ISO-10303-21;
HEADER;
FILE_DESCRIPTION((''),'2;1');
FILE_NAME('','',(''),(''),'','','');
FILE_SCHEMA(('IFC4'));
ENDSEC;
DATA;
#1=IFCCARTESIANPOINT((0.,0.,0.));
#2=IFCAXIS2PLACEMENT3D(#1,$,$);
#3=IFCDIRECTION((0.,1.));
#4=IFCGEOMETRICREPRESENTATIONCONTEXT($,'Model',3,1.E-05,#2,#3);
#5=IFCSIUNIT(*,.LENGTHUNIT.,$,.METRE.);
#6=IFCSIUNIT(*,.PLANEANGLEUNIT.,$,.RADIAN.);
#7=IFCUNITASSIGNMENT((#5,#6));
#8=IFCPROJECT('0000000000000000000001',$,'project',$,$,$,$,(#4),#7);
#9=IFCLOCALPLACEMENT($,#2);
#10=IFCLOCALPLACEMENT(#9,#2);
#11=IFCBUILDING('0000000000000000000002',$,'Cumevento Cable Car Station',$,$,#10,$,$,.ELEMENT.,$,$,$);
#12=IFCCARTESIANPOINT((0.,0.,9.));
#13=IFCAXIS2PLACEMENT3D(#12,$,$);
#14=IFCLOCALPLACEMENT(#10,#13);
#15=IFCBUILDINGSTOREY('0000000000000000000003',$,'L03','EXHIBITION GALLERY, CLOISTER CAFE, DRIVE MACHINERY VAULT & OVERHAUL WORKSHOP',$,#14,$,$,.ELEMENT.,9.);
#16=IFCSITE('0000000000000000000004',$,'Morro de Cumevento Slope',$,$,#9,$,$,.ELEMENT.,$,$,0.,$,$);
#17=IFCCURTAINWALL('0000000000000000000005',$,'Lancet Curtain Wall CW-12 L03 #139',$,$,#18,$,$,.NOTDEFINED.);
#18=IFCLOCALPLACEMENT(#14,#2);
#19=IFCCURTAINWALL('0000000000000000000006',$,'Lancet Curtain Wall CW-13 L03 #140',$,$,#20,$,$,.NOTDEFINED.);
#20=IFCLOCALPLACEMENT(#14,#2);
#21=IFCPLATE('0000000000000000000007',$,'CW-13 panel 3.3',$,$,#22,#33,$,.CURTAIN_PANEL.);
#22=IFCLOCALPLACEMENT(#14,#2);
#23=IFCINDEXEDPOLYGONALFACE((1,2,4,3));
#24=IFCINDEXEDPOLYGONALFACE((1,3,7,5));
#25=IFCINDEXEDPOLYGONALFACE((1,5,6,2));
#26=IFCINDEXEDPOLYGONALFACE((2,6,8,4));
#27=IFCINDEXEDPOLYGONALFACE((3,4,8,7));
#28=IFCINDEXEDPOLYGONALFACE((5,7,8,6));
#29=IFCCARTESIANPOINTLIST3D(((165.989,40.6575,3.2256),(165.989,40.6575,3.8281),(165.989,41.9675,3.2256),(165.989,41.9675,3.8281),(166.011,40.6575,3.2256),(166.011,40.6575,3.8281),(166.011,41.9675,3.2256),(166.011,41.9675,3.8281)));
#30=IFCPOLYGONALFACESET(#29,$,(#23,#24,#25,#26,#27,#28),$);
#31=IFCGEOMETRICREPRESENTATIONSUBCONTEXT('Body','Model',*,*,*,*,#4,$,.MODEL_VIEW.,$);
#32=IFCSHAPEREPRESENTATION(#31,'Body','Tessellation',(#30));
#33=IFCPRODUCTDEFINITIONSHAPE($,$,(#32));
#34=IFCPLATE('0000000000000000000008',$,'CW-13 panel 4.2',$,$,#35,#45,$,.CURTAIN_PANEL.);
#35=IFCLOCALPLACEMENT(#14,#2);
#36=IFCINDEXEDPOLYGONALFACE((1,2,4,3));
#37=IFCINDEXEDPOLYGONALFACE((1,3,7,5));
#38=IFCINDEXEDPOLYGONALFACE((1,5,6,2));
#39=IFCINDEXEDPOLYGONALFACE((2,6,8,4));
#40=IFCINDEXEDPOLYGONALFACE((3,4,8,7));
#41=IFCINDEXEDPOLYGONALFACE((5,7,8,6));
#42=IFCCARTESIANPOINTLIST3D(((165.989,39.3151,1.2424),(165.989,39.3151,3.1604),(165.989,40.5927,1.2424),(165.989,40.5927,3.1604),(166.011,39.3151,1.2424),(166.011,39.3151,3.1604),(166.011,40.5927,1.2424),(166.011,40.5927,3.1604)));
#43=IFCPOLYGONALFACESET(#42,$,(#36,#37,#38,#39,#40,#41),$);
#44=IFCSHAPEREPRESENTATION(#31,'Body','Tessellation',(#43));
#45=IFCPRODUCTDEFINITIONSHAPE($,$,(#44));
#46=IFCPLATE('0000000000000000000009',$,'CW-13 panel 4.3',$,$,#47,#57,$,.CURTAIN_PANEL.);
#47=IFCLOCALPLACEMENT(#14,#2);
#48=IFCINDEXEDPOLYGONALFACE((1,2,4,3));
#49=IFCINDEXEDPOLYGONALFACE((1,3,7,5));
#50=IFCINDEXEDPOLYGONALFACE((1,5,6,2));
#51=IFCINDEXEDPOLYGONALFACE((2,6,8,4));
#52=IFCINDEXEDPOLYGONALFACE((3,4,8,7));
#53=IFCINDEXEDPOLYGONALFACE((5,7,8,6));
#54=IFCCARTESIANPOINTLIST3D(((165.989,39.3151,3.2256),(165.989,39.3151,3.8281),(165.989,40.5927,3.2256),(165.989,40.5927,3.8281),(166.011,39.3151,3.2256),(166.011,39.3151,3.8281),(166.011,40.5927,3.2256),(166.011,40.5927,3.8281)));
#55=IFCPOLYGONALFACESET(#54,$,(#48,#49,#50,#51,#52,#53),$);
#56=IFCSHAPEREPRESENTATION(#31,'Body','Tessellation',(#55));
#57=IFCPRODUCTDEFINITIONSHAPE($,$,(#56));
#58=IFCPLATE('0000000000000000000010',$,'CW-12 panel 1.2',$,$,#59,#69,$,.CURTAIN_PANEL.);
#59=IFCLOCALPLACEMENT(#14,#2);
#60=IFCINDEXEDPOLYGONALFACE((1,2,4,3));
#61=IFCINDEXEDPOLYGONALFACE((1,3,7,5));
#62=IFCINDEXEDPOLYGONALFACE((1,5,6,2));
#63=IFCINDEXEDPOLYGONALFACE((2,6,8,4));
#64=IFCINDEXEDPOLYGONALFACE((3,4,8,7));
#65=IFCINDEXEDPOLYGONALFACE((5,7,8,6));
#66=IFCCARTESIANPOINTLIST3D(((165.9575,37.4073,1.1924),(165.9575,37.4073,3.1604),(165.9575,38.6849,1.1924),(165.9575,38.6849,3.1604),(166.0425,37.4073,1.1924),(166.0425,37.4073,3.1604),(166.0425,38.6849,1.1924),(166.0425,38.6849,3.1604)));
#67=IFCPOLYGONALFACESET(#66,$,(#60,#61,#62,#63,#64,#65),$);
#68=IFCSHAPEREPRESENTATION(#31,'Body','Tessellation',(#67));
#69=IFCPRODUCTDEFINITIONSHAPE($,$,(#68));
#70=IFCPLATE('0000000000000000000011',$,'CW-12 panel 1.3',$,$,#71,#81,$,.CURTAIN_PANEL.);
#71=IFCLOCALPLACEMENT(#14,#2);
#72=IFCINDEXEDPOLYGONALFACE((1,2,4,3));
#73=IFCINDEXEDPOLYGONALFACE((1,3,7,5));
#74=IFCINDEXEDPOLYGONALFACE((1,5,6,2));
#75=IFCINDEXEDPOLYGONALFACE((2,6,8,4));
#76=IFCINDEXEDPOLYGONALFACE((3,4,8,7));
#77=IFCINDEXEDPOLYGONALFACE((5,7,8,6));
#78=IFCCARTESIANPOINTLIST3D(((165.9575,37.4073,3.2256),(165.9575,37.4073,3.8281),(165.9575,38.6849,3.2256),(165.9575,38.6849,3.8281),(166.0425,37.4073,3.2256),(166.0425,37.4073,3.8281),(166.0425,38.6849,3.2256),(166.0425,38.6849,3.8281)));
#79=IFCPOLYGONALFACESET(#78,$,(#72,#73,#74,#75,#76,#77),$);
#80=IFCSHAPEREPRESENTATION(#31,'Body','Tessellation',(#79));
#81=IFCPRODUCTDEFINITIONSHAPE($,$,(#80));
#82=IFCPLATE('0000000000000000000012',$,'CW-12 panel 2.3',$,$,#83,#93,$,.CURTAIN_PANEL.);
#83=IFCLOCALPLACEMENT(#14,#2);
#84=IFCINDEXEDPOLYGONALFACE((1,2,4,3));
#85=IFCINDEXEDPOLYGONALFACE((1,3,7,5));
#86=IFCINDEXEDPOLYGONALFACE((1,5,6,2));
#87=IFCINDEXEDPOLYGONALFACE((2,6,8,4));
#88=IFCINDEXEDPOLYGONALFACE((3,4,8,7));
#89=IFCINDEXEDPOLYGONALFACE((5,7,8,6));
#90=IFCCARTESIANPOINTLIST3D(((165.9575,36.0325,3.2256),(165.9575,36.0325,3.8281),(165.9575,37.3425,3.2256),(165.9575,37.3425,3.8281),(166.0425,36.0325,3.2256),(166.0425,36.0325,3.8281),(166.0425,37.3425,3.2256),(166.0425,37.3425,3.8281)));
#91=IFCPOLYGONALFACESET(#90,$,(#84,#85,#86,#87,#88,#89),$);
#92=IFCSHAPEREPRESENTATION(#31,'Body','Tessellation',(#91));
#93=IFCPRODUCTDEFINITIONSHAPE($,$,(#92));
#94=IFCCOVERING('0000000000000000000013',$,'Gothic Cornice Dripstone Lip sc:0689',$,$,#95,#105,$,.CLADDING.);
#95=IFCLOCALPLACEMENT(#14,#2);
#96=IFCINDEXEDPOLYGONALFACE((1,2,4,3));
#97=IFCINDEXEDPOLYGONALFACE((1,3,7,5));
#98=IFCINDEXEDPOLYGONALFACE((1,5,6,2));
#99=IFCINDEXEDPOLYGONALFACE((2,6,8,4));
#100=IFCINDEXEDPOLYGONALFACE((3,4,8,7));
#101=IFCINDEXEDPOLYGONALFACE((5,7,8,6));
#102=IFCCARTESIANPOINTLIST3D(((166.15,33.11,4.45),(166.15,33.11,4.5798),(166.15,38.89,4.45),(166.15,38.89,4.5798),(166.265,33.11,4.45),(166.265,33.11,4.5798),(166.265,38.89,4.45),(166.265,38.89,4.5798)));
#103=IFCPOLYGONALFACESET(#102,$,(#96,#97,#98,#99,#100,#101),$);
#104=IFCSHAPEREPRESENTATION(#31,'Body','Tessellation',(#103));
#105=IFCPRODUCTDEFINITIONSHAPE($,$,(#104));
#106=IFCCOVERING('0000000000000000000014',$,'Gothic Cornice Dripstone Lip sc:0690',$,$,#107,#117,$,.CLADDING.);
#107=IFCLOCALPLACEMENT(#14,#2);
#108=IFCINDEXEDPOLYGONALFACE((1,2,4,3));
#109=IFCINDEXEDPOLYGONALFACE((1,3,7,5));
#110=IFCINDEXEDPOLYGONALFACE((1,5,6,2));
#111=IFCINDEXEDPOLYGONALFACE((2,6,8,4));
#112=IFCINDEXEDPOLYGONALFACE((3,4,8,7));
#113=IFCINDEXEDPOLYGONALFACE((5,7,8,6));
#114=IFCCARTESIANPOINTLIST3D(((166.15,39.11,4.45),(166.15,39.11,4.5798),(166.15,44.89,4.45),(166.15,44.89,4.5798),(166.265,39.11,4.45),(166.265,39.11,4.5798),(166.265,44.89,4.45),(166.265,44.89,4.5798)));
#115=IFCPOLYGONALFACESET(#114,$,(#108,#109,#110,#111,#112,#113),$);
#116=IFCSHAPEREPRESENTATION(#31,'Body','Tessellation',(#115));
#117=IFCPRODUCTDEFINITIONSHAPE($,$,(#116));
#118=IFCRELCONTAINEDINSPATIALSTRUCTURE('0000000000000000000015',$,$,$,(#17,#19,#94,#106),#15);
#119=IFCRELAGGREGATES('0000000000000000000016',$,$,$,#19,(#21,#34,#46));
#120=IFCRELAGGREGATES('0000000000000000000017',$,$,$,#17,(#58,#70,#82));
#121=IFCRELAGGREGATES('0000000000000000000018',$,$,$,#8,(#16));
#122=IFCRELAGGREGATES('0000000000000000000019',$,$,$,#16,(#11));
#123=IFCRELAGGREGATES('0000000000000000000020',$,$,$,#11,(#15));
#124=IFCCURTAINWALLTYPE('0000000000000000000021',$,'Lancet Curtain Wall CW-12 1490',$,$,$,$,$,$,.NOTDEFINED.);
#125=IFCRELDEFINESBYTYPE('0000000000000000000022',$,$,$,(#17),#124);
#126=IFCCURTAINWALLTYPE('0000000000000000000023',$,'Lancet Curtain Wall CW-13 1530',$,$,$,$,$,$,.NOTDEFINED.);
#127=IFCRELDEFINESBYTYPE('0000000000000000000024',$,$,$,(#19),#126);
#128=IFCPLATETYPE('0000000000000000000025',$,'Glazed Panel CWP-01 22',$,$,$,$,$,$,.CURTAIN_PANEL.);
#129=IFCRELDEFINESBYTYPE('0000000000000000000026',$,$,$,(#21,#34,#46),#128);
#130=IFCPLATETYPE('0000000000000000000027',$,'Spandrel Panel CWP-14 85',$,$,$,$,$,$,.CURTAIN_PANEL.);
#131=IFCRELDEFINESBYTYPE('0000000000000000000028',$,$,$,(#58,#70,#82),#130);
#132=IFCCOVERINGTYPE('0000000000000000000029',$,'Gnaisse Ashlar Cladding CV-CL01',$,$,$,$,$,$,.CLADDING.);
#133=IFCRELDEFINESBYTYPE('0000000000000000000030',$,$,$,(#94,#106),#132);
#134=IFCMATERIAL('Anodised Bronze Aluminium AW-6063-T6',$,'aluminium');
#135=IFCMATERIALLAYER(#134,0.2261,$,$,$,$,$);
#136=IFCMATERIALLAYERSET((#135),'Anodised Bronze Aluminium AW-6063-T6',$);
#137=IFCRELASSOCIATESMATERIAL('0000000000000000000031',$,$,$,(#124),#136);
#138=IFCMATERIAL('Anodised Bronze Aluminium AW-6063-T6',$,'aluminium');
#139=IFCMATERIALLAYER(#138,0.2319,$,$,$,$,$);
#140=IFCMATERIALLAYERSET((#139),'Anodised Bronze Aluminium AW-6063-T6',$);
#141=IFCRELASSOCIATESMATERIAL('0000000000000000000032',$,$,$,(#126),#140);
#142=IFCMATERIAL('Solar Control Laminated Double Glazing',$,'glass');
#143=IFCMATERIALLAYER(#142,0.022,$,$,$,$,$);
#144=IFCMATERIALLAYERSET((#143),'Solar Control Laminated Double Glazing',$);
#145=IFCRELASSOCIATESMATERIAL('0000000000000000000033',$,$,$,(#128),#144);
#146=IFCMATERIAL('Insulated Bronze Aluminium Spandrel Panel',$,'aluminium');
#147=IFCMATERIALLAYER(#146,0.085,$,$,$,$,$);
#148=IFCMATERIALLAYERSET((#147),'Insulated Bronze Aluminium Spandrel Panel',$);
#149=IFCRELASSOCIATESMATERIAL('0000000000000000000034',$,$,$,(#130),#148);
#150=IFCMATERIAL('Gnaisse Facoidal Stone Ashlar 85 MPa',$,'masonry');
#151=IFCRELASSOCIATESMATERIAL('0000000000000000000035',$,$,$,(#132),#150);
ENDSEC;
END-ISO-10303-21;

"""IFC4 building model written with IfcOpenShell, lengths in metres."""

from ifc_helpers import new_model, si_unit, direction, frame, origin, origin_2d, place, context, subcontext, project, spatial, rectangle, extrude, material, layer, layer_set, type_object, element, aggregate, save


model = new_model("IFC4")

# Units and contexts
model_context = context("Model", 3, precision=1e-05, world=origin(), true_north=direction((0.0, 1.0)))
body_context = subcontext(model_context, "Body", "Model", "MODEL_VIEW")
ifc_project = project(units=[si_unit("LENGTHUNIT", "METRE"), si_unit("PLANEANGLEUNIT", "RADIAN")], contexts=[model_context])

# Site, building, storey
site_placement = place(None, origin())
site = spatial("IfcSite", under=ifc_project, at=site_placement, Name="Morro de Cumevento Slope", CompositionType="ELEMENT", RefElevation=0.0)
building_placement = place(site_placement, origin())
building = spatial("IfcBuilding", under=site, at=building_placement, Name="Cumevento Cable Car Station", CompositionType="ELEMENT")
storey_placement = place(building_placement, frame((0.0, 0.0, 9.0)))
storey = spatial("IfcBuildingStorey", under=building, at=storey_placement, Name="L03", Description="EXHIBITION GALLERY, CLOISTER CAFE, DRIVE MACHINERY VAULT & OVERHAUL WORKSHOP", CompositionType="ELEMENT", Elevation=9.0)

# Curtain walls
ifc_material_1 = material(Name="Anodised Bronze Aluminium AW-6063-T6", Category="aluminium")
ifc_layer_1 = layer(ifc_material_1, 0.2261)
ifc_layer_set_1 = layer_set([ifc_layer_1], Name="Anodised Bronze Aluminium AW-6063-T6")
curtain_wall_type_1 = type_object("IfcCurtainWallType", Name="Lancet Curtain Wall CW-12 1490", PredefinedType="NOTDEFINED", material=ifc_layer_set_1)
curtain_wall_1_placement = place(storey_placement, origin())
curtain_wall_1 = element("IfcCurtainWall", 1, at=curtain_wall_1_placement, inside=storey, type_object=curtain_wall_type_1, Name="Lancet Curtain Wall CW-12 L03 #139", PredefinedType="NOTDEFINED")
ifc_material_2 = material(Name="Anodised Bronze Aluminium AW-6063-T6", Category="aluminium")
ifc_layer_2 = layer(ifc_material_2, 0.2319)
ifc_layer_set_2 = layer_set([ifc_layer_2], Name="Anodised Bronze Aluminium AW-6063-T6")
curtain_wall_type_2 = type_object("IfcCurtainWallType", Name="Lancet Curtain Wall CW-13 1530", PredefinedType="NOTDEFINED", material=ifc_layer_set_2)
curtain_wall_2_placement = place(storey_placement, origin())
curtain_wall_2 = element("IfcCurtainWall", 2, at=curtain_wall_2_placement, inside=storey, type_object=curtain_wall_type_2, Name="Lancet Curtain Wall CW-13 L03 #140", PredefinedType="NOTDEFINED")

# Plates
ifc_material_3 = material(Name="Solar Control Laminated Double Glazing", Category="glass")
ifc_layer_3 = layer(ifc_material_3, 0.022)
ifc_layer_set_3 = layer_set([ifc_layer_3], Name="Solar Control Laminated Double Glazing")
plate_type_1 = type_object("IfcPlateType", Name="Glazed Panel CWP-01 22", PredefinedType="CURTAIN_PANEL", material=ifc_layer_set_3)
plate_1_placement = place(storey_placement, frame((166.0, 41.3125, 3.2256), z_axis=(0.0, 0.0, 1.0), x_axis=(0.0, -1.0, 0.0)))
plate_1 = element("IfcPlate", 3, at=plate_1_placement, type_object=plate_type_1, Name="CW-13 panel 3.3", PredefinedType="CURTAIN_PANEL", context=body_context, shape_type="SweptSolid", body=[
    extrude(rectangle(XDim=1.3101, YDim=0.022, at=origin_2d()), origin(), (0.0, 0.0, 1.0), 0.6025),
])
plate_2_placement = place(storey_placement, frame((166.0, 39.9539, 1.2424), z_axis=(0.0, 0.0, 1.0), x_axis=(0.0, -1.0, 0.0)))
plate_2 = element("IfcPlate", 4, at=plate_2_placement, type_object=plate_type_1, Name="CW-13 panel 4.2", PredefinedType="CURTAIN_PANEL", context=body_context, shape_type="SweptSolid", body=[
    extrude(rectangle(XDim=1.2776, YDim=0.022, at=origin_2d()), origin(), (0.0, 0.0, 1.0), 1.918),
])
plate_3_placement = place(storey_placement, frame((166.0, 39.9539, 3.2256), z_axis=(0.0, 0.0, 1.0), x_axis=(0.0, -1.0, 0.0)))
plate_3 = element("IfcPlate", 5, at=plate_3_placement, type_object=plate_type_1, Name="CW-13 panel 4.3", PredefinedType="CURTAIN_PANEL", context=body_context, shape_type="SweptSolid", body=[
    extrude(rectangle(XDim=1.2776, YDim=0.022, at=origin_2d()), origin(), (0.0, 0.0, 1.0), 0.6025),
])
aggregate(curtain_wall_2, [plate_1, plate_2, plate_3])
ifc_material_4 = material(Name="Insulated Bronze Aluminium Spandrel Panel", Category="aluminium")
ifc_layer_4 = layer(ifc_material_4, 0.085)
ifc_layer_set_4 = layer_set([ifc_layer_4], Name="Insulated Bronze Aluminium Spandrel Panel")
plate_type_2 = type_object("IfcPlateType", Name="Spandrel Panel CWP-14 85", PredefinedType="CURTAIN_PANEL", material=ifc_layer_set_4)
plate_4_placement = place(storey_placement, frame((166.0, 38.0461, 1.1924), z_axis=(0.0, 0.0, 1.0), x_axis=(0.0, -1.0, 0.0)))
plate_4 = element("IfcPlate", 6, at=plate_4_placement, type_object=plate_type_2, Name="CW-12 panel 1.2", PredefinedType="CURTAIN_PANEL", context=body_context, shape_type="SweptSolid", body=[
    extrude(rectangle(XDim=1.2776, YDim=0.085, at=origin_2d()), origin(), (0.0, 0.0, 1.0), 1.968),
])
plate_5_placement = place(storey_placement, frame((166.0, 38.0461, 3.2256), z_axis=(0.0, 0.0, 1.0), x_axis=(0.0, -1.0, 0.0)))
plate_5 = element("IfcPlate", 7, at=plate_5_placement, type_object=plate_type_2, Name="CW-12 panel 1.3", PredefinedType="CURTAIN_PANEL", context=body_context, shape_type="SweptSolid", body=[
    extrude(rectangle(XDim=1.2776, YDim=0.085, at=origin_2d()), origin(), (0.0, 0.0, 1.0), 0.6025),
])
plate_6_placement = place(storey_placement, frame((166.0, 36.6875, 3.2256), z_axis=(0.0, 0.0, 1.0), x_axis=(0.0, -1.0, 0.0)))
plate_6 = element("IfcPlate", 8, at=plate_6_placement, type_object=plate_type_2, Name="CW-12 panel 2.3", PredefinedType="CURTAIN_PANEL", context=body_context, shape_type="SweptSolid", body=[
    extrude(rectangle(XDim=1.3101, YDim=0.085, at=origin_2d()), origin(), (0.0, 0.0, 1.0), 0.6025),
])
aggregate(curtain_wall_1, [plate_4, plate_5, plate_6])

# Coverings
ifc_material_5 = material(Name="Gnaisse Facoidal Stone Ashlar 85 MPa", Category="masonry")
covering_type = type_object("IfcCoveringType", Name="Gnaisse Ashlar Cladding CV-CL01", PredefinedType="CLADDING", material=ifc_material_5)
for number, where, z_axis, x_axis, name in (
    (9, (166.2075, 36.0, 4.45), (0.0, 0.0, 1.0), (0.0, -1.0, 0.0), "Gothic Cornice Dripstone Lip sc:0689"),
    (10, (166.2075, 42.0, 4.45), (0.0, 0.0, 1.0), (0.0, -1.0, 0.0), "Gothic Cornice Dripstone Lip sc:0690"),
):
    element("IfcCovering", number, at=place(storey_placement, frame(where, z_axis=z_axis, x_axis=x_axis)), inside=storey, type_object=covering_type, Name=name, PredefinedType="CLADDING", context=body_context, shape_type="SweptSolid", body=[
        extrude(rectangle(XDim=5.78, YDim=0.115, at=origin_2d()), origin(), (0.0, 0.0, 1.0), 0.1299),
    ])

save(model, "model.ifc")
